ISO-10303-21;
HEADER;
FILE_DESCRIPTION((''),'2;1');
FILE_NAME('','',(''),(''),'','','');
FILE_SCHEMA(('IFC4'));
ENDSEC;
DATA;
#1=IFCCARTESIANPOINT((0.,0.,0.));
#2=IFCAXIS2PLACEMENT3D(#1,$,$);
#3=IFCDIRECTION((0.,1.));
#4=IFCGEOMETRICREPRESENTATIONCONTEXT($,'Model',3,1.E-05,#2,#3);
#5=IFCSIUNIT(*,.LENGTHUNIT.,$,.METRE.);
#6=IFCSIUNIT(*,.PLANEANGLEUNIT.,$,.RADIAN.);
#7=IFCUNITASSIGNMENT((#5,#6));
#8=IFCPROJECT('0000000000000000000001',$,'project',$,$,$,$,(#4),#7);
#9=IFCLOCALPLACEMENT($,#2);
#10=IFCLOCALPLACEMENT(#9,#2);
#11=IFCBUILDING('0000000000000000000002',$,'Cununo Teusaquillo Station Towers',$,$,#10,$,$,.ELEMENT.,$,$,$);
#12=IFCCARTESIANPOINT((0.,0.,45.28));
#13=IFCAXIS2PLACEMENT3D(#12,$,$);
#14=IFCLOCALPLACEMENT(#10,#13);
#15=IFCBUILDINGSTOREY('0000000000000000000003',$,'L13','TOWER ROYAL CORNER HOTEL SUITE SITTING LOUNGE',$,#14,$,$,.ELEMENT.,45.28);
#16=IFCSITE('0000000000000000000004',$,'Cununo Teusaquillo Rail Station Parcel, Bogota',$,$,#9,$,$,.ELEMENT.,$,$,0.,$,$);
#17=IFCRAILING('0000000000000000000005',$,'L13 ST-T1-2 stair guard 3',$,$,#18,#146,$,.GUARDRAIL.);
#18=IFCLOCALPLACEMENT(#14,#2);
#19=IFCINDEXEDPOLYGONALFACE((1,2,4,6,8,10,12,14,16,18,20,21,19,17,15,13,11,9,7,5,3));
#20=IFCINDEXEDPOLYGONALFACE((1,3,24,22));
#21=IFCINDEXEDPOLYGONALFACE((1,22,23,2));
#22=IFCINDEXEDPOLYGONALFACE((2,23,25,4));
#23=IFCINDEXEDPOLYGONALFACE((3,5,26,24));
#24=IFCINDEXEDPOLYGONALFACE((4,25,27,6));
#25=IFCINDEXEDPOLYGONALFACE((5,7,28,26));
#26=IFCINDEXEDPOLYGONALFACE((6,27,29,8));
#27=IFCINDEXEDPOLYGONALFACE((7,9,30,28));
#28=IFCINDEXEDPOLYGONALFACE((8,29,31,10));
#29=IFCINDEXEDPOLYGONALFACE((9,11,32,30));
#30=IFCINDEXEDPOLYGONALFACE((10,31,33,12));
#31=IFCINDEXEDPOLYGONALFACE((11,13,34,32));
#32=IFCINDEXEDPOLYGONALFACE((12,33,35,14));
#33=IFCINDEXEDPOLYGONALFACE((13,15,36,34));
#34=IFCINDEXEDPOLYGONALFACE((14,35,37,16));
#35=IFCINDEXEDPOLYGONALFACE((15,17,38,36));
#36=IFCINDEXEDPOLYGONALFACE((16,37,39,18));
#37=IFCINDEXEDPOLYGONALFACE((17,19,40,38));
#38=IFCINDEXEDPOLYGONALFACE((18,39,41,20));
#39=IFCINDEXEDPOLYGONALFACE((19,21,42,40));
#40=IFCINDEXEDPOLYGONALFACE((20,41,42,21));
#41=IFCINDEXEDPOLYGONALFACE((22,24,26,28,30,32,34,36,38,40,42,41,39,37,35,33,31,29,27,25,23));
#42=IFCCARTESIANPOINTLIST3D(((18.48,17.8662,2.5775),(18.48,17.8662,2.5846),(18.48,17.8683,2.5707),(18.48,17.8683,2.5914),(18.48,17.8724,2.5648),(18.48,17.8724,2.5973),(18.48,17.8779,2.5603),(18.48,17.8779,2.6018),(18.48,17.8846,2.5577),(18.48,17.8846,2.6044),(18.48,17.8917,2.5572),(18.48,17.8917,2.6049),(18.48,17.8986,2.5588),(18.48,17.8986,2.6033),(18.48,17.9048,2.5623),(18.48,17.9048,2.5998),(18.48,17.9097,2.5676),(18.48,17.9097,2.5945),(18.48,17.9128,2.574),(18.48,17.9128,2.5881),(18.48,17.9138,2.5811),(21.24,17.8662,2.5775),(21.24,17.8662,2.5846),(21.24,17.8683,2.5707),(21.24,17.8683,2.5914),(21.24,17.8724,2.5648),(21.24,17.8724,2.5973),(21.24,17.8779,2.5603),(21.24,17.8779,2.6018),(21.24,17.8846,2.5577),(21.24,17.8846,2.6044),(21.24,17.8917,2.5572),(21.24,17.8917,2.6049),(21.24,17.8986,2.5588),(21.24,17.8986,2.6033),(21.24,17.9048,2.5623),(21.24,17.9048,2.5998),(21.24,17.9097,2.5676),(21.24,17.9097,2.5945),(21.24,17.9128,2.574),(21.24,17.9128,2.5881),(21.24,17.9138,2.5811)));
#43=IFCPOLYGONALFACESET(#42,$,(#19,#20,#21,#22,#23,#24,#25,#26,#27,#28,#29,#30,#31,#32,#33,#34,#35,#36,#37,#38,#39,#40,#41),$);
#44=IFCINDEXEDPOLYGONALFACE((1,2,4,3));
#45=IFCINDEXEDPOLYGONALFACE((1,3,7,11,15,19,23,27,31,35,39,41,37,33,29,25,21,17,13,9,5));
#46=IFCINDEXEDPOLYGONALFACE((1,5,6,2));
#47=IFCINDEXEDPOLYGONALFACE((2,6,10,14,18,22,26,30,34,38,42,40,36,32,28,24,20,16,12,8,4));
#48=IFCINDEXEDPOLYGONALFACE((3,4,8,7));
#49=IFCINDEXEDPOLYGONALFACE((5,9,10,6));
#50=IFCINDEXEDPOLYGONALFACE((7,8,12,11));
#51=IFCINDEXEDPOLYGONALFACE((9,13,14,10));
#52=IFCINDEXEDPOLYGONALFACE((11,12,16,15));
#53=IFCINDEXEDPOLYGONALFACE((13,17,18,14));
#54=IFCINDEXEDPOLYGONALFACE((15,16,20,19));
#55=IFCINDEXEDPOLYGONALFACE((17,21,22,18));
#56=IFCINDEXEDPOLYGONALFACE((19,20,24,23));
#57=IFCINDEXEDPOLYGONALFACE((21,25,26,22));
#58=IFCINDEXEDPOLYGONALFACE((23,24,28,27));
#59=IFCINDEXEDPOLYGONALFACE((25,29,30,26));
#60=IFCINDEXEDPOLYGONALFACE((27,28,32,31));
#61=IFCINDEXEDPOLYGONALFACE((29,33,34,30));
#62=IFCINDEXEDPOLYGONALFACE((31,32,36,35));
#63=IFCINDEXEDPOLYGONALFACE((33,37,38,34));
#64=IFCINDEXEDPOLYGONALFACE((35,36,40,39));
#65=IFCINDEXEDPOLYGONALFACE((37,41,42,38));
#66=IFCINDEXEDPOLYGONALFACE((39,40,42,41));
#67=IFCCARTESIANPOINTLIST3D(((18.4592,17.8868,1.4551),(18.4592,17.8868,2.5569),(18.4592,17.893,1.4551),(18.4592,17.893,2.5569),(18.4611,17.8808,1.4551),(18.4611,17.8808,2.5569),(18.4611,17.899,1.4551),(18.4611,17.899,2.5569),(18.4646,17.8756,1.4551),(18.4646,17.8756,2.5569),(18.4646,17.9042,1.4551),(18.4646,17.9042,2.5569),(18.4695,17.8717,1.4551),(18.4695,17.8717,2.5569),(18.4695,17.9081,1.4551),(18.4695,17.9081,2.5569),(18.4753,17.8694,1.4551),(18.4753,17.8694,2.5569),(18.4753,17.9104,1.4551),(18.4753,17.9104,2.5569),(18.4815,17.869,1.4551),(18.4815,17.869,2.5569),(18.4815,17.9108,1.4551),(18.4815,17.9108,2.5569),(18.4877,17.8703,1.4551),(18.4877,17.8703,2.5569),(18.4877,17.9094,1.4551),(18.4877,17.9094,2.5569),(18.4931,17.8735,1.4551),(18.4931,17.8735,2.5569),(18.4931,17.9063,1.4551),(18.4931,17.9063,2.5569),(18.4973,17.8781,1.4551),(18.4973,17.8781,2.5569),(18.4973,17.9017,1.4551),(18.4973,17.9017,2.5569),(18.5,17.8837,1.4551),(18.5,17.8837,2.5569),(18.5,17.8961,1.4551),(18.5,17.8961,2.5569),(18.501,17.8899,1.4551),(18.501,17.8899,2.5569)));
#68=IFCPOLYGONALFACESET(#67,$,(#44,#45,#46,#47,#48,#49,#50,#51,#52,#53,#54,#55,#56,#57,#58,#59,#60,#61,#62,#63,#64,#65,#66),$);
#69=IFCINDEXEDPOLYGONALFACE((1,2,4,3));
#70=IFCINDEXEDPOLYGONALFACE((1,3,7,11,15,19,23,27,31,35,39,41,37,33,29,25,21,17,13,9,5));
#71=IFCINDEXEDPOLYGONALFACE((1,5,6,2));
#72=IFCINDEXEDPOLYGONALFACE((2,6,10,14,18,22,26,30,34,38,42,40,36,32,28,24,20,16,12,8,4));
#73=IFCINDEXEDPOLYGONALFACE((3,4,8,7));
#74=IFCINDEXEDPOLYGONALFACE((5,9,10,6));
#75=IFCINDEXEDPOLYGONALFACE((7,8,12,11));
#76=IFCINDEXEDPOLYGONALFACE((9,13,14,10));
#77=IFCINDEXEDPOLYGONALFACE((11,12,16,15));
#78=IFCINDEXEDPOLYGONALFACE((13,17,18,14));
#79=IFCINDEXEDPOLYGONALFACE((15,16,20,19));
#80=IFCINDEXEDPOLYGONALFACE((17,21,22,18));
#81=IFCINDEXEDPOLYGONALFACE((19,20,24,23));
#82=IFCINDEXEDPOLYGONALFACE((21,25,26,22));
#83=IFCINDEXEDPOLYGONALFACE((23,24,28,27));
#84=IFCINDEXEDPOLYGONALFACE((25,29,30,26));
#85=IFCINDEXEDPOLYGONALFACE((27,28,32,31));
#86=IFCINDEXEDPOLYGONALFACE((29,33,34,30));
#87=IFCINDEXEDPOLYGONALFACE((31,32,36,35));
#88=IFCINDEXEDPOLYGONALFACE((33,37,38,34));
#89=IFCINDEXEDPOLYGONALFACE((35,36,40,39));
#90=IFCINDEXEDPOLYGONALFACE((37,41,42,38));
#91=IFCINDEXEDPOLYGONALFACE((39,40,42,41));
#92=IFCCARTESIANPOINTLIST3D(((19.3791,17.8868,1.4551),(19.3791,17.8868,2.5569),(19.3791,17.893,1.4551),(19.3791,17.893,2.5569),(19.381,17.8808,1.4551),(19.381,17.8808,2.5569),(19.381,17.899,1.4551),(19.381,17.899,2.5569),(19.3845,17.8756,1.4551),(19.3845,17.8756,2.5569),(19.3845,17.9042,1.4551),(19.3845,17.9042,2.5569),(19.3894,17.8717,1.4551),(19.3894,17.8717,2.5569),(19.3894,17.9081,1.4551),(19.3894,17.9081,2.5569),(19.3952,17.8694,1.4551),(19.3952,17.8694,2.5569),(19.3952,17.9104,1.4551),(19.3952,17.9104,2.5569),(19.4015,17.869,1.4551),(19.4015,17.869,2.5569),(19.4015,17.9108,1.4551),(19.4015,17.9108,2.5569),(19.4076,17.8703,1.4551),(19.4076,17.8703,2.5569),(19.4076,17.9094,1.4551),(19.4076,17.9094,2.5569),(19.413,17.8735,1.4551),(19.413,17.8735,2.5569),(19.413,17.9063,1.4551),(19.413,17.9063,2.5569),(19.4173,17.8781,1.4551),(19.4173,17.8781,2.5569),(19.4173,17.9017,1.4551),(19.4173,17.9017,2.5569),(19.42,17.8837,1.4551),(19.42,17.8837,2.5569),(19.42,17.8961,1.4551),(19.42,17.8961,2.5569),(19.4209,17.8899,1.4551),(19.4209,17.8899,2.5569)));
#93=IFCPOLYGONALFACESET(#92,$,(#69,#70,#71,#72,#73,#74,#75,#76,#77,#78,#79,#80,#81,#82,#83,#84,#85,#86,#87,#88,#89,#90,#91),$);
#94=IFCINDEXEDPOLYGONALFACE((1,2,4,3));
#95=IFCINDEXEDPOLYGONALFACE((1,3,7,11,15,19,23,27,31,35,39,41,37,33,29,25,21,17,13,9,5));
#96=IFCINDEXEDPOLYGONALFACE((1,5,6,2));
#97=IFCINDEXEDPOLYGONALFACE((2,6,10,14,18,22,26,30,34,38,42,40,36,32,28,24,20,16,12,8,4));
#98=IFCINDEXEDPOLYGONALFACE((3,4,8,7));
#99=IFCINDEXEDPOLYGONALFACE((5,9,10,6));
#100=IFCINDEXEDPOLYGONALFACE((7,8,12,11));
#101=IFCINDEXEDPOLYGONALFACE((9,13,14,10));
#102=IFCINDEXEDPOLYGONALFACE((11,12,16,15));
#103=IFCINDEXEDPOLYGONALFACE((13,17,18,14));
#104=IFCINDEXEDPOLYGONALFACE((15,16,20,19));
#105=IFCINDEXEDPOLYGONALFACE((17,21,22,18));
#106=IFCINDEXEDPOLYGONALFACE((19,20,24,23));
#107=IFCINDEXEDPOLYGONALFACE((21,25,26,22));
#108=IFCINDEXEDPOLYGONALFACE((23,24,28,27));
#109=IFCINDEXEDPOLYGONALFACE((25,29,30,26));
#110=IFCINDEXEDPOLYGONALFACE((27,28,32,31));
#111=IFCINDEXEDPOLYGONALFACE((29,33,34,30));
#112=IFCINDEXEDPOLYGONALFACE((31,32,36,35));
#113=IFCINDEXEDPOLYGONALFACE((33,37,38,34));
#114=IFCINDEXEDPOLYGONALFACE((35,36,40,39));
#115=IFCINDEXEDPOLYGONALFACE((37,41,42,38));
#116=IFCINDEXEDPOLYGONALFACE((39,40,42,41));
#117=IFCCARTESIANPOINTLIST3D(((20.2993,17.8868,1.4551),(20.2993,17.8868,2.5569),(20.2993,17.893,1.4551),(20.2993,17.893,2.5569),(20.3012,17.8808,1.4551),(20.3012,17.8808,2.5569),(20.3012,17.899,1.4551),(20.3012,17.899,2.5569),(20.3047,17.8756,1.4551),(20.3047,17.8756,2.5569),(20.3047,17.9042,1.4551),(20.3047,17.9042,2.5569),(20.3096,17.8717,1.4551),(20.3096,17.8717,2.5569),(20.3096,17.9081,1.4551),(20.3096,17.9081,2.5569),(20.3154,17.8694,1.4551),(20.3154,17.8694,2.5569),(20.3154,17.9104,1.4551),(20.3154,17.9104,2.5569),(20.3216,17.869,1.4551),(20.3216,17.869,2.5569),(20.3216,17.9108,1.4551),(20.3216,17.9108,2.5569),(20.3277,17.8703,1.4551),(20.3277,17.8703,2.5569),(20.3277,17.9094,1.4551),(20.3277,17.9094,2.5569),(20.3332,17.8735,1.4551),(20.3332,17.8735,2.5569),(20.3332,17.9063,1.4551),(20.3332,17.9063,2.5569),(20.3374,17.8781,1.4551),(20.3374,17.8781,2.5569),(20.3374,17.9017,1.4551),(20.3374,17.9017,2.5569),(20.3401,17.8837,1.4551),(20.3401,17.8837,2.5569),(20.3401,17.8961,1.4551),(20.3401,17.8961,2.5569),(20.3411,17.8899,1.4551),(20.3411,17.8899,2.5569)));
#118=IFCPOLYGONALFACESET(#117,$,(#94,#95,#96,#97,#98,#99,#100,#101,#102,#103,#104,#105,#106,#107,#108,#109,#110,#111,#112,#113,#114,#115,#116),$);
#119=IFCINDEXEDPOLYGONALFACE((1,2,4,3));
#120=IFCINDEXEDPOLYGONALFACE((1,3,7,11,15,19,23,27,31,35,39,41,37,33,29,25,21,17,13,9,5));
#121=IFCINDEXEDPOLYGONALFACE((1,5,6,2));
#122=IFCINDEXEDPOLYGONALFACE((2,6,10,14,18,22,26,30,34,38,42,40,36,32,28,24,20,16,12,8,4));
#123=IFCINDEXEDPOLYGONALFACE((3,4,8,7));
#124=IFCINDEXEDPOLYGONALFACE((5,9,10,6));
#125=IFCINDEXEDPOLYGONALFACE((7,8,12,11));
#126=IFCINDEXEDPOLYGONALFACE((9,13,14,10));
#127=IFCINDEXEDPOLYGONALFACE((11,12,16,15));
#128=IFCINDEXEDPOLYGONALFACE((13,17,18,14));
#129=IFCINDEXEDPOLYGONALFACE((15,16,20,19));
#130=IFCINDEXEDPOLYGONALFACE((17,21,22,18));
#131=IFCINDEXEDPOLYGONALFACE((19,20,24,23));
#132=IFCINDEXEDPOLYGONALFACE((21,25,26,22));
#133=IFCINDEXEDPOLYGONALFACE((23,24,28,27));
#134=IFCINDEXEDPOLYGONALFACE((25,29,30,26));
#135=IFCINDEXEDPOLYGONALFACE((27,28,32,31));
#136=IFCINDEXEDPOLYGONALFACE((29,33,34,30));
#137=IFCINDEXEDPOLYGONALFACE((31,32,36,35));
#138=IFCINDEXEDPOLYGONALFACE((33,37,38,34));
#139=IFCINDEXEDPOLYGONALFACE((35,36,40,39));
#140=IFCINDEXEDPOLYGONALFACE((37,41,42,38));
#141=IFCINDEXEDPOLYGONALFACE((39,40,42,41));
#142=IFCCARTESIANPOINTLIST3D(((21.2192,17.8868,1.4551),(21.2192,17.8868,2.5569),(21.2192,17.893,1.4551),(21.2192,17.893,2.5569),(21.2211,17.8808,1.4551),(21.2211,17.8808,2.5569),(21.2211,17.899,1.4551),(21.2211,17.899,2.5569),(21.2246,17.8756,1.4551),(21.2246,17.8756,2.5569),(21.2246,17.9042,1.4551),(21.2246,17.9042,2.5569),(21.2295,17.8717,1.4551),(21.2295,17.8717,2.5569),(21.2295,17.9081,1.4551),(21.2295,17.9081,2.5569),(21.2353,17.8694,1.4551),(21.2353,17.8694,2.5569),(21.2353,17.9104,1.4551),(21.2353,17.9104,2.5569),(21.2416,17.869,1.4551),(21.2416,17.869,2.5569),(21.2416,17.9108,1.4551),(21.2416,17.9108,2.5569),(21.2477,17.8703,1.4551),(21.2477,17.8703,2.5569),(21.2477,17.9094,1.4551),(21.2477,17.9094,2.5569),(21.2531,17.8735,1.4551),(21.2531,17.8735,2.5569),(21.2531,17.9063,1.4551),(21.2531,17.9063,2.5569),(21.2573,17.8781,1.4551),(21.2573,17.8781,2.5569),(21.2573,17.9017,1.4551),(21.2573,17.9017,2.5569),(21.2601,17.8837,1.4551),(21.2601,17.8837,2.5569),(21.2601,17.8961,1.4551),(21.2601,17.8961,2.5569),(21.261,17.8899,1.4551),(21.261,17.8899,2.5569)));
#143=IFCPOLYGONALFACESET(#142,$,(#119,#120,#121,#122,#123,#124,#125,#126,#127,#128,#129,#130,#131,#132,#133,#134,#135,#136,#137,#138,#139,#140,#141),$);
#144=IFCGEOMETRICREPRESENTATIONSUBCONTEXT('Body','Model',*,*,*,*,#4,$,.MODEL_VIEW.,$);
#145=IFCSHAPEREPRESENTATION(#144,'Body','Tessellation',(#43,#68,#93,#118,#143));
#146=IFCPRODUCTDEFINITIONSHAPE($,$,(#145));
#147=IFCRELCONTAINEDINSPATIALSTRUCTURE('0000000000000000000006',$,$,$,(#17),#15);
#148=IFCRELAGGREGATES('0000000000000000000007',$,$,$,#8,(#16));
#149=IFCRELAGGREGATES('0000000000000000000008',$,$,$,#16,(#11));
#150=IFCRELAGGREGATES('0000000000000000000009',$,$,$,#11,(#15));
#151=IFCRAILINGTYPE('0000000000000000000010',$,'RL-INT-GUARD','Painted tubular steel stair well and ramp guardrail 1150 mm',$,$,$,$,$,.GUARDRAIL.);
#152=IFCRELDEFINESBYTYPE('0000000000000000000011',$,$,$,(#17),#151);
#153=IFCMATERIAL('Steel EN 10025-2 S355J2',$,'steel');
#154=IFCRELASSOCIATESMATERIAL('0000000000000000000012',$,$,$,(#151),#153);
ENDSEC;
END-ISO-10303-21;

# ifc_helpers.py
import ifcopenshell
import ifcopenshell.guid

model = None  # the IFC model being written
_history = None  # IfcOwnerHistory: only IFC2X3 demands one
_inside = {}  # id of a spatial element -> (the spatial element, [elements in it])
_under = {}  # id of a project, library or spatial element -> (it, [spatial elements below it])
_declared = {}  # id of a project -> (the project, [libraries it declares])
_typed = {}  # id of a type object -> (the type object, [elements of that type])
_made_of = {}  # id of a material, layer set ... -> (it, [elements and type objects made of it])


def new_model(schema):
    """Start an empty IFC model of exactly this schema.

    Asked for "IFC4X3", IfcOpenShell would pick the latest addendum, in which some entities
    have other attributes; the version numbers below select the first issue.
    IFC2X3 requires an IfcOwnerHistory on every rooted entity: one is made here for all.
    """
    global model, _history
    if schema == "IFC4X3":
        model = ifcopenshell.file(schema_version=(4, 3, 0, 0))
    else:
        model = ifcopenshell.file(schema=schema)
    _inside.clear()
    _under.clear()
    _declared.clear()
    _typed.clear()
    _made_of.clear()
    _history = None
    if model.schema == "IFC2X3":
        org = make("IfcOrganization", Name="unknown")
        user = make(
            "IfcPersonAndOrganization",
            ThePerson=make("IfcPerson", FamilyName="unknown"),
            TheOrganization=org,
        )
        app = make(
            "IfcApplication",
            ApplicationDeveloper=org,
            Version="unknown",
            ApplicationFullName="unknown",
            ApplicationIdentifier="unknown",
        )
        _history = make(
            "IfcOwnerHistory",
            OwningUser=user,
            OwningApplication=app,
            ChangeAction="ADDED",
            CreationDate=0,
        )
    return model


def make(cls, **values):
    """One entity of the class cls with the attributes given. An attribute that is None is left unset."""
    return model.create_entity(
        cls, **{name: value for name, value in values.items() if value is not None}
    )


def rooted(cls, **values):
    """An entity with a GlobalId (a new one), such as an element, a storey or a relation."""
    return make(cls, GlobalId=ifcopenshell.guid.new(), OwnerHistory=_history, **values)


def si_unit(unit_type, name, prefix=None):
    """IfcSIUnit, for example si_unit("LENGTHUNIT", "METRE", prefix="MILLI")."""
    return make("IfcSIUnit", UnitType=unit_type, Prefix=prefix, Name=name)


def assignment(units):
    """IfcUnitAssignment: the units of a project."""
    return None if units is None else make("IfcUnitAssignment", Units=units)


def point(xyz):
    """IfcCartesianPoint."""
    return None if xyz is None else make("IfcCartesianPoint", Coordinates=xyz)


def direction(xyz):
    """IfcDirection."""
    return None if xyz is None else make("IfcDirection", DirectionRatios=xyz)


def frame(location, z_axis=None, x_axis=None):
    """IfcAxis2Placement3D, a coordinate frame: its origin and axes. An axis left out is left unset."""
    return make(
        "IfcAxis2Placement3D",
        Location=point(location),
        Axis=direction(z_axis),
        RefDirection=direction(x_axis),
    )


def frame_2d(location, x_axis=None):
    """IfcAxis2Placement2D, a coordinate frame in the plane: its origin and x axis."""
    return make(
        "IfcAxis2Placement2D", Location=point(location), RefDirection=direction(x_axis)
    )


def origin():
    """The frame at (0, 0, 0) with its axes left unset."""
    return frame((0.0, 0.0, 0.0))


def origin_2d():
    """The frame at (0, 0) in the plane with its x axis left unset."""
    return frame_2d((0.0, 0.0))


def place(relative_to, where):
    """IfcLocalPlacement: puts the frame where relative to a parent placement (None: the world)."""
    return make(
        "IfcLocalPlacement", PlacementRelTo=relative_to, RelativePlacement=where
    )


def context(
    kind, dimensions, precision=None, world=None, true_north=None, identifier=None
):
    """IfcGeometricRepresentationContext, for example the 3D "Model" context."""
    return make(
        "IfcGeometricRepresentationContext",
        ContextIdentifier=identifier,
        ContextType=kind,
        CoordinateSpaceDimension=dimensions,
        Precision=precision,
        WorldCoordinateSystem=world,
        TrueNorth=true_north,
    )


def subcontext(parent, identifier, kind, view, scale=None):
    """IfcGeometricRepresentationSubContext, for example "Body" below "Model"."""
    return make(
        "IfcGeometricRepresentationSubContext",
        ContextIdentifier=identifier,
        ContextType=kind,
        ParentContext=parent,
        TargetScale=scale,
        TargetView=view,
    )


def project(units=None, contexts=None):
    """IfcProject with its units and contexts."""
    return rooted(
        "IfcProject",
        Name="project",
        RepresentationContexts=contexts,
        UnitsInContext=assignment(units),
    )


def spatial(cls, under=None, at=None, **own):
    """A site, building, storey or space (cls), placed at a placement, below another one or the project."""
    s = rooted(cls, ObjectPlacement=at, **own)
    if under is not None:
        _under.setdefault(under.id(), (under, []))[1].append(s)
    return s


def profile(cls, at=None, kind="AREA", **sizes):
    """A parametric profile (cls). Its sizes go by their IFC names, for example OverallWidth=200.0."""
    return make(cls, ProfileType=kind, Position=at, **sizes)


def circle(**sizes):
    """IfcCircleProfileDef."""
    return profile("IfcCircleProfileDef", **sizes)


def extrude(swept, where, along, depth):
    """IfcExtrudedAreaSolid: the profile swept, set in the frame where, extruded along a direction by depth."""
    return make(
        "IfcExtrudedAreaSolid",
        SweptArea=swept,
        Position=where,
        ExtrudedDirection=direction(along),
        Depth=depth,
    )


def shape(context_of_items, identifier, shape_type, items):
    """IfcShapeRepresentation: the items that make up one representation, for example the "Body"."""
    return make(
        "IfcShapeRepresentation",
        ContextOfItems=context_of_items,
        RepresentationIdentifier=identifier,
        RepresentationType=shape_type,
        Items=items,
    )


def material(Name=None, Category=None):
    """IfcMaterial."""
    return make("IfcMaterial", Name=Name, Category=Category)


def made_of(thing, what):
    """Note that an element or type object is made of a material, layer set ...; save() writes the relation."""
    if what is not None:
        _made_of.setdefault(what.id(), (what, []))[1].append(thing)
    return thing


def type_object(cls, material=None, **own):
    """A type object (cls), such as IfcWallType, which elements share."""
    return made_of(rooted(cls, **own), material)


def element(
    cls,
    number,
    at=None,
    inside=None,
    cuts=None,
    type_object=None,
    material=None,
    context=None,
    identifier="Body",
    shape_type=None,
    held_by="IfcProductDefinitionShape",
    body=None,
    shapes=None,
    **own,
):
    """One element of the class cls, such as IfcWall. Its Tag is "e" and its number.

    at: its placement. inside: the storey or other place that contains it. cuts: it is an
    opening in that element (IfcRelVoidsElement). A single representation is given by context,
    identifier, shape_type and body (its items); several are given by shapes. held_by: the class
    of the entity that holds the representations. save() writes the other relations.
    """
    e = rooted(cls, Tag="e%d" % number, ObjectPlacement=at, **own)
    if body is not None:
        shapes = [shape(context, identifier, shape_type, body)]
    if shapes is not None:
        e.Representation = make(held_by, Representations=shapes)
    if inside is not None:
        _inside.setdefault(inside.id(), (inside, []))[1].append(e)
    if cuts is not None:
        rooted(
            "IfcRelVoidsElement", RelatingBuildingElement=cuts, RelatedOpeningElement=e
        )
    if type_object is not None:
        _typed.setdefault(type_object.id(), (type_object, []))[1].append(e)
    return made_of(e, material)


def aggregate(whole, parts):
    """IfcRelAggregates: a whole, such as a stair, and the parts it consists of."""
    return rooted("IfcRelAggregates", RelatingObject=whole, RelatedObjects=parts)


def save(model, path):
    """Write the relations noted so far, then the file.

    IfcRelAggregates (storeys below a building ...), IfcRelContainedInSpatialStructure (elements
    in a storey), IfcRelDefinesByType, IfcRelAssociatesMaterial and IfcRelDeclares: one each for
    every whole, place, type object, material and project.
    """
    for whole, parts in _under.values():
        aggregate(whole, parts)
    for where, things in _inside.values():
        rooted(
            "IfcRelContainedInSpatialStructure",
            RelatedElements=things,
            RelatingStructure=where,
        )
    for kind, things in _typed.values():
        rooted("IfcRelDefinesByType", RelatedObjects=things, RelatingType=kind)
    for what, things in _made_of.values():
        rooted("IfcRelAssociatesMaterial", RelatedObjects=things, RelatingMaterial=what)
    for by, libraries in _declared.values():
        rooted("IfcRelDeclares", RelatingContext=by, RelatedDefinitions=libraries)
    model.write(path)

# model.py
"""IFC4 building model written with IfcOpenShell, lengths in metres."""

from ifc_helpers import new_model, si_unit, direction, frame, origin, origin_2d, place, context, subcontext, project, spatial, circle, extrude, material, type_object, element, save


model = new_model("IFC4")

# Units and contexts
model_context = context("Model", 3, precision=1e-05, world=origin(), true_north=direction((0.0, 1.0)))
body_context = subcontext(model_context, "Body", "Model", "MODEL_VIEW")
ifc_project = project(units=[si_unit("LENGTHUNIT", "METRE"), si_unit("PLANEANGLEUNIT", "RADIAN")], contexts=[model_context])

# Site, building, storey
site_placement = place(None, origin())
site = spatial("IfcSite", under=ifc_project, at=site_placement, Name="Cununo Teusaquillo Rail Station Parcel, Bogota", CompositionType="ELEMENT", RefElevation=0.0)
building_placement = place(site_placement, origin())
building = spatial("IfcBuilding", under=site, at=building_placement, Name="Cununo Teusaquillo Station Towers", CompositionType="ELEMENT")
storey_placement = place(building_placement, frame((0.0, 0.0, 45.28)))
storey = spatial("IfcBuildingStorey", under=building, at=storey_placement, Name="L13", Description="TOWER ROYAL CORNER HOTEL SUITE SITTING LOUNGE", CompositionType="ELEMENT", Elevation=45.28)

# Railing
ifc_material_1 = material(Name="Steel EN 10025-2 S355J2", Category="steel")
railing_type_1 = type_object("IfcRailingType", Name="RL-INT-GUARD", Description="Painted tubular steel stair well and ramp guardrail 1150 mm", PredefinedType="GUARDRAIL", material=ifc_material_1)
railing_1_placement = place(storey_placement, frame((18.48, 17.8899, 1.4551)))
element("IfcRailing", 1, at=railing_1_placement, inside=storey, type_object=railing_type_1, Name="L13 ST-T1-2 stair guard 3", PredefinedType="GUARDRAIL", context=body_context, shape_type="SweptSolid", body=[
    extrude(circle(Radius=0.0239, at=origin_2d()), frame((0.0, 0.0, 1.126), z_axis=(1.0, 0.0, 0.0), x_axis=(0.0, 1.0, 0.0)), (0.0, 0.0, 1.0), 2.76),
    extrude(circle(Radius=0.021, at=origin_2d()), origin(), (0.0, 0.0, 1.0), 1.1018),
    extrude(circle(Radius=0.021, at=origin_2d()), frame((0.9199, 0.0, 0.0)), (0.0, 0.0, 1.0), 1.1018),
    extrude(circle(Radius=0.021, at=origin_2d()), frame((1.8401, 0.0, 0.0)), (0.0, 0.0, 1.0), 1.1018),
    extrude(circle(Radius=0.021, at=origin_2d()), frame((2.76, 0.0, 0.0)), (0.0, 0.0, 1.0), 1.1018),
])

save(model, "model.ifc")
